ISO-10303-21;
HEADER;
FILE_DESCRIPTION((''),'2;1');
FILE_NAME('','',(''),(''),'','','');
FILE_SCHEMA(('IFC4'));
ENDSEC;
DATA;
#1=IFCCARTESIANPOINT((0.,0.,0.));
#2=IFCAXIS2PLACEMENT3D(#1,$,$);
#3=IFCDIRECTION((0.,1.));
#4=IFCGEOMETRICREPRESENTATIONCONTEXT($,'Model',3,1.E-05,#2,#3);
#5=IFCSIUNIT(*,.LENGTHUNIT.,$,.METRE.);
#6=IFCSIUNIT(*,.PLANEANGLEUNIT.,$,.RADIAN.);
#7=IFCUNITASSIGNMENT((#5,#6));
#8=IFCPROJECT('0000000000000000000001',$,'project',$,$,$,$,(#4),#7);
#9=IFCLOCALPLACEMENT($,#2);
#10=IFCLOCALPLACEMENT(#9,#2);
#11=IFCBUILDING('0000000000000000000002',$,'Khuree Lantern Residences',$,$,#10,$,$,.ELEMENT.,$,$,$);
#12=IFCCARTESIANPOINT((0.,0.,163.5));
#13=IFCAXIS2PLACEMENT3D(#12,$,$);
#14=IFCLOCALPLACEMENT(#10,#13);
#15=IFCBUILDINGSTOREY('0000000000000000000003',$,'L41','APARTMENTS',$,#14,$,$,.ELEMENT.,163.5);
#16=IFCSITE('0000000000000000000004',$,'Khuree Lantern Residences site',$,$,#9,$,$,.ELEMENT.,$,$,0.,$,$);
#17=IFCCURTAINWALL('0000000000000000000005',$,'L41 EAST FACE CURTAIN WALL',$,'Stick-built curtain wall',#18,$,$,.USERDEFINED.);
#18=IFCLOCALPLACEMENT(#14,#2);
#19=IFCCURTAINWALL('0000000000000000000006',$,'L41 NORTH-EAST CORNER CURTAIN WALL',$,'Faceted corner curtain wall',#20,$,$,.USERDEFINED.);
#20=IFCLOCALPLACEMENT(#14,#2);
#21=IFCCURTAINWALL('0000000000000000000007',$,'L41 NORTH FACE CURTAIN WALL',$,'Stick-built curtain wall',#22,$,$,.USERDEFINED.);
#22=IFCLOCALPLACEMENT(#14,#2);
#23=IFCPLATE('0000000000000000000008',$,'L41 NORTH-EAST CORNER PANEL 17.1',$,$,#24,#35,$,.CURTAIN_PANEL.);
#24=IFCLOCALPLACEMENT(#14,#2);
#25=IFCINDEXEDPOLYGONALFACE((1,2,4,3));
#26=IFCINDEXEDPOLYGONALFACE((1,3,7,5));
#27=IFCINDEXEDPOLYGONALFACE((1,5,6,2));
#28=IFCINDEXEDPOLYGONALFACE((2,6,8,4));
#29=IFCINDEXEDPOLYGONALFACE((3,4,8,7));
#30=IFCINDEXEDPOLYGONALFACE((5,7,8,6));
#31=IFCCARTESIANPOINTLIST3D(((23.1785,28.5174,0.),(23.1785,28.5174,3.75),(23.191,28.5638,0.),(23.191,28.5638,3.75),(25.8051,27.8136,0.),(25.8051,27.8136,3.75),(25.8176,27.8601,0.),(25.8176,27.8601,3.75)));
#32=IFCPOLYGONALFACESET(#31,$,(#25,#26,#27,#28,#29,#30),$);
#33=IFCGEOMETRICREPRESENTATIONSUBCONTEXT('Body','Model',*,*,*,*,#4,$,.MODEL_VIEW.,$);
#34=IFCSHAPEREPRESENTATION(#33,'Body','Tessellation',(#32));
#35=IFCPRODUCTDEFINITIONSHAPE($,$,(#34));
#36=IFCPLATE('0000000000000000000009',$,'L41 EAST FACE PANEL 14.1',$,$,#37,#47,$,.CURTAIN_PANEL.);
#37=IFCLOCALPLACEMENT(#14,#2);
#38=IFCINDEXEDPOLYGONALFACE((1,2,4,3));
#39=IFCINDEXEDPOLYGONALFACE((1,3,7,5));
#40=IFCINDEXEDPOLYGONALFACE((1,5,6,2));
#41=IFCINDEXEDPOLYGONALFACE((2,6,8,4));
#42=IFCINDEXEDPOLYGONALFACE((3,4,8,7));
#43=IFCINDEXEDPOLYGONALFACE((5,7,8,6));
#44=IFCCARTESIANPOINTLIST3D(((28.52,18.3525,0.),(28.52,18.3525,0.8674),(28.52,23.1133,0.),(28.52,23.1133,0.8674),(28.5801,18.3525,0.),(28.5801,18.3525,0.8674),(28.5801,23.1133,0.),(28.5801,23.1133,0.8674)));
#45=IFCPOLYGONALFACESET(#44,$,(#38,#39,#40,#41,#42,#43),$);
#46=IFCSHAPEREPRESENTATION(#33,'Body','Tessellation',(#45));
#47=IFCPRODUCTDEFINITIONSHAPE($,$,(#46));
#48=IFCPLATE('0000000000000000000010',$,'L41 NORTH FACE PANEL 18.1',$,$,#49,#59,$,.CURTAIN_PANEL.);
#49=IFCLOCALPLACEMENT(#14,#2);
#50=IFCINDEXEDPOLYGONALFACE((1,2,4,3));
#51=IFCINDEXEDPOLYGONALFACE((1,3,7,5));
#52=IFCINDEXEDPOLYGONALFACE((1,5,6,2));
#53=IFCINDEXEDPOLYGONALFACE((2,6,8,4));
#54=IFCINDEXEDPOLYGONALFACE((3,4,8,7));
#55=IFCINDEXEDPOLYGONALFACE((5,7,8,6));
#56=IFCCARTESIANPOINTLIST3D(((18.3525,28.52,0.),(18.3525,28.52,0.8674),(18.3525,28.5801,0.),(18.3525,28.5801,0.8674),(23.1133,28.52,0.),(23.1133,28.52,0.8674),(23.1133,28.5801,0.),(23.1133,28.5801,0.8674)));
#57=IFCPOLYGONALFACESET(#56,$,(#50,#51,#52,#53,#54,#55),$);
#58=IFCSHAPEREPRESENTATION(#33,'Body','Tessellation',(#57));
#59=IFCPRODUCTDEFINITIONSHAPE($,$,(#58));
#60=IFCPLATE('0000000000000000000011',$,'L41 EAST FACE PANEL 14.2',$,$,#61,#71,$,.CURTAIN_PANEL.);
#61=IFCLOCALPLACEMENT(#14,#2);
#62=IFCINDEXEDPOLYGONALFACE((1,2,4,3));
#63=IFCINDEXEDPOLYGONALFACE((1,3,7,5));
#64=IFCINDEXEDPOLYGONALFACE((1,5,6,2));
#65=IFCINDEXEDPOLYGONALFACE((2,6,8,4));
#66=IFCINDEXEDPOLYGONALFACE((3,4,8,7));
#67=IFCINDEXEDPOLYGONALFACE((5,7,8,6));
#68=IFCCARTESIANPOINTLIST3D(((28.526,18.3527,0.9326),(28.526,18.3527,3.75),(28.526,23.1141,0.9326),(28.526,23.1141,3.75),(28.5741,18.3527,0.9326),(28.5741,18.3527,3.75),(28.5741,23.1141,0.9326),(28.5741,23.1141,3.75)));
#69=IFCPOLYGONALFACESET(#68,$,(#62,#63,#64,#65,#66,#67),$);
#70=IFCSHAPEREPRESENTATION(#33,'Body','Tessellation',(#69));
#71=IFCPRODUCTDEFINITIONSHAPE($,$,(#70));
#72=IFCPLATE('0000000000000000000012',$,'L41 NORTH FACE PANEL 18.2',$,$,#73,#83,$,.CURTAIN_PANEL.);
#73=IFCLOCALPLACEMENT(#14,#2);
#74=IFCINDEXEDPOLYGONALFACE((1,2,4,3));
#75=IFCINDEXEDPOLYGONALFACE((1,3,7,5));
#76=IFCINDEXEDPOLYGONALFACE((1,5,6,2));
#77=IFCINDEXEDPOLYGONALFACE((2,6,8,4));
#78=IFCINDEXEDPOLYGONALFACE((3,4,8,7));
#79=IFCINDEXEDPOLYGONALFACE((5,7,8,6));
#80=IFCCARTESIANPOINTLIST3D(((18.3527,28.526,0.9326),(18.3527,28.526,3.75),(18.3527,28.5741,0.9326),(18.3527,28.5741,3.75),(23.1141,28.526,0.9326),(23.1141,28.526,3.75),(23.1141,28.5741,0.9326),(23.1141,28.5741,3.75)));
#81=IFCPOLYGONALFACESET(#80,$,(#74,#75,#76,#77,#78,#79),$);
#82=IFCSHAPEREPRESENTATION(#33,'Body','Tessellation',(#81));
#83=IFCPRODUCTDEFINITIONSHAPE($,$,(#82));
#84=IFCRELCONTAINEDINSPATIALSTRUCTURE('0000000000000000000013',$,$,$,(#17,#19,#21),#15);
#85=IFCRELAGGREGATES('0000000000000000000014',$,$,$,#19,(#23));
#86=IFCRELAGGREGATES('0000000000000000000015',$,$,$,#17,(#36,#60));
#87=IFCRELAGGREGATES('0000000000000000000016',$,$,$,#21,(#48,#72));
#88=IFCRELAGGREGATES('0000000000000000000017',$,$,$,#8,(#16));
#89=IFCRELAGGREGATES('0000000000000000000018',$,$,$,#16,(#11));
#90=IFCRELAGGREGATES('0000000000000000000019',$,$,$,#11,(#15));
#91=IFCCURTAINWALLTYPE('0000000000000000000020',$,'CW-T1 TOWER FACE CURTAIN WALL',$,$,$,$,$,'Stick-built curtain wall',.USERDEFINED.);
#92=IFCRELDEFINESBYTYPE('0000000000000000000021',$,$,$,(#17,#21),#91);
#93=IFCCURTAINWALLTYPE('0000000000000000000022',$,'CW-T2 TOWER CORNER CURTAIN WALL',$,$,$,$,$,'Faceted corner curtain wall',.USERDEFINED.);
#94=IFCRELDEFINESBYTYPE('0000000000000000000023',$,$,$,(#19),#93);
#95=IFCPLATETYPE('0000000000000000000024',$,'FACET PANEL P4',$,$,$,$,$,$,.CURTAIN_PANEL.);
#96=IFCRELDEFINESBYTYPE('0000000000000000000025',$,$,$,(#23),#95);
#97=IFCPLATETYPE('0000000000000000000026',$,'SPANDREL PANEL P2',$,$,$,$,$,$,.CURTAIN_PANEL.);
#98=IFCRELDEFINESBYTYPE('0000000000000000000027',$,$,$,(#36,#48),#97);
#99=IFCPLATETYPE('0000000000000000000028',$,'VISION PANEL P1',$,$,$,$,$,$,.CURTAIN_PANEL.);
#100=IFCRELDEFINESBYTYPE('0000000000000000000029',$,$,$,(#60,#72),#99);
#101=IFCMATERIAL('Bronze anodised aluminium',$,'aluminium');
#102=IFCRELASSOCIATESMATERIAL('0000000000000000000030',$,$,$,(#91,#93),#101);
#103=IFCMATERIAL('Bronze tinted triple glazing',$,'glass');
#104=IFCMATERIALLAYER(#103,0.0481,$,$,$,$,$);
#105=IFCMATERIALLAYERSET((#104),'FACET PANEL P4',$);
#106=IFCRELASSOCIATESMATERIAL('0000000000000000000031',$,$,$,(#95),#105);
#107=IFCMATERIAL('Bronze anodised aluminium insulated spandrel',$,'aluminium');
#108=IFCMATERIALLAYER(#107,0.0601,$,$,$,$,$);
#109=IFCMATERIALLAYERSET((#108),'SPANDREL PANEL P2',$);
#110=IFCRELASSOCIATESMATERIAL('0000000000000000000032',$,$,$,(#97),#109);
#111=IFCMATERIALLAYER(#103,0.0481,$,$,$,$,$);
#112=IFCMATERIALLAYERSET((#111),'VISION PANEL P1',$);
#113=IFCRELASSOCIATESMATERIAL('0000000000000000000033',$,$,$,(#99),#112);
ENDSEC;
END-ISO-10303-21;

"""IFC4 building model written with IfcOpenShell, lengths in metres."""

from ifc_helpers import new_model, si_unit, direction, frame, origin, origin_2d, place, context, subcontext, project, spatial, rectangle, extrude, material, layer, layer_set, type_object, element, aggregate, save


model = new_model("IFC4")

# Units and contexts
model_context = context("Model", 3, precision=1e-05, world=origin(), true_north=direction((0.0, 1.0)))
body_context = subcontext(model_context, "Body", "Model", "MODEL_VIEW")
ifc_project = project(units=[si_unit("LENGTHUNIT", "METRE"), si_unit("PLANEANGLEUNIT", "RADIAN")], contexts=[model_context])

# Site, building, storey
site_placement = place(None, origin())
site = spatial("IfcSite", under=ifc_project, at=site_placement, Name="Khuree Lantern Residences site", CompositionType="ELEMENT", RefElevation=0.0)
building_placement = place(site_placement, origin())
building = spatial("IfcBuilding", under=site, at=building_placement, Name="Khuree Lantern Residences", CompositionType="ELEMENT")
storey_placement = place(building_placement, frame((0.0, 0.0, 163.5)))
storey = spatial("IfcBuildingStorey", under=building, at=storey_placement, Name="L41", Description="APARTMENTS", CompositionType="ELEMENT", Elevation=163.5)

# Curtain walls
ifc_material_1 = material(Name="Bronze anodised aluminium", Category="aluminium")
curtain_wall_type_1 = type_object("IfcCurtainWallType", Name="CW-T1 TOWER FACE CURTAIN WALL", ElementType="Stick-built curtain wall", PredefinedType="USERDEFINED", material=ifc_material_1)
curtain_wall_1_placement = place(storey_placement, origin())
curtain_wall_1 = element("IfcCurtainWall", 1, at=curtain_wall_1_placement, inside=storey, type_object=curtain_wall_type_1, Name="L41 EAST FACE CURTAIN WALL", ObjectType="Stick-built curtain wall", PredefinedType="USERDEFINED")
curtain_wall_type_2 = type_object("IfcCurtainWallType", Name="CW-T2 TOWER CORNER CURTAIN WALL", ElementType="Faceted corner curtain wall", PredefinedType="USERDEFINED", material=ifc_material_1)
curtain_wall_2_placement = place(storey_placement, origin())
curtain_wall_2 = element("IfcCurtainWall", 2, at=curtain_wall_2_placement, inside=storey, type_object=curtain_wall_type_2, Name="L41 NORTH-EAST CORNER CURTAIN WALL", ObjectType="Faceted corner curtain wall", PredefinedType="USERDEFINED")

# Curtain wall
curtain_wall_3_placement = place(storey_placement, origin())
curtain_wall_3 = element("IfcCurtainWall", 3, at=curtain_wall_3_placement, inside=storey, type_object=curtain_wall_type_1, Name="L41 NORTH FACE CURTAIN WALL", ObjectType="Stick-built curtain wall", PredefinedType="USERDEFINED")

# Plates
ifc_material_2 = material(Name="Bronze tinted triple glazing", Category="glass")
ifc_layer_1 = layer(ifc_material_2, 0.0481)
ifc_layer_set_1 = layer_set([ifc_layer_1], Name="FACET PANEL P4")
plate_type_1 = type_object("IfcPlateType", Name="FACET PANEL P4", PredefinedType="CURTAIN_PANEL", material=ifc_layer_set_1)
plate_1_placement = place(storey_placement, frame((24.498, 28.1887, 0.0), z_axis=(0.0, 0.0, 1.0), x_axis=(-0.965926, 0.258819, 0.0)))
plate_1 = element("IfcPlate", 4, at=plate_1_placement, type_object=plate_type_1, Name="L41 NORTH-EAST CORNER PANEL 17.1", PredefinedType="CURTAIN_PANEL", context=body_context, shape_type="SweptSolid", body=[
    extrude(rectangle(XDim=2.7192, YDim=0.0481, at=origin_2d()), origin(), (0.0, 0.0, 1.0), 3.75),
])
aggregate(curtain_wall_2, [plate_1])
ifc_material_3 = material(Name="Bronze anodised aluminium insulated spandrel", Category="aluminium")
ifc_layer_2 = layer(ifc_material_3, 0.0601)
ifc_layer_set_2 = layer_set([ifc_layer_2], Name="SPANDREL PANEL P2")
plate_type_2 = type_object("IfcPlateType", Name="SPANDREL PANEL P2", PredefinedType="CURTAIN_PANEL", material=ifc_layer_set_2)
plate_2_placement = place(storey_placement, frame((28.55, 20.7329, 0.0), z_axis=(0.0, 0.0, 1.0), x_axis=(0.0, 1.0, 0.0)))
plate_2 = element("IfcPlate", 5, at=plate_2_placement, type_object=plate_type_2, Name="L41 EAST FACE PANEL 14.1", PredefinedType="CURTAIN_PANEL", context=body_context, shape_type="SweptSolid", body=[
    extrude(rectangle(XDim=4.7607, YDim=0.0601, at=origin_2d()), origin(), (0.0, 0.0, 1.0), 0.8674),
])
plate_3_placement = place(storey_placement, frame((20.7329, 28.55, 0.0), z_axis=(0.0, 0.0, 1.0), x_axis=(-1.0, 0.0, 0.0)))
plate_3 = element("IfcPlate", 6, at=plate_3_placement, type_object=plate_type_2, Name="L41 NORTH FACE PANEL 18.1", PredefinedType="CURTAIN_PANEL", context=body_context, shape_type="SweptSolid", body=[
    extrude(rectangle(XDim=4.7607, YDim=0.0601, at=origin_2d()), origin(), (0.0, 0.0, 1.0), 0.8674),
])
ifc_layer_3 = layer(ifc_material_2, 0.0481)
ifc_layer_set_3 = layer_set([ifc_layer_3], Name="VISION PANEL P1")
plate_type_3 = type_object("IfcPlateType", Name="VISION PANEL P1", PredefinedType="CURTAIN_PANEL", material=ifc_layer_set_3)
plate_4_placement = place(storey_placement, frame((28.55, 20.7334, 0.9326), z_axis=(0.0, 0.0, 1.0), x_axis=(0.0, 1.0, 0.0)))
plate_4 = element("IfcPlate", 7, at=plate_4_placement, type_object=plate_type_3, Name="L41 EAST FACE PANEL 14.2", PredefinedType="CURTAIN_PANEL", context=body_context, shape_type="SweptSolid", body=[
    extrude(rectangle(XDim=4.7615, YDim=0.0481, at=origin_2d()), origin(), (0.0, 0.0, 1.0), 2.8174),
])
aggregate(curtain_wall_1, [plate_2, plate_4])
plate_5_placement = place(storey_placement, frame((20.7334, 28.55, 0.9326), z_axis=(0.0, 0.0, 1.0), x_axis=(-1.0, 0.0, 0.0)))
plate_5 = element("IfcPlate", 8, at=plate_5_placement, type_object=plate_type_3, Name="L41 NORTH FACE PANEL 18.2", PredefinedType="CURTAIN_PANEL", context=body_context, shape_type="SweptSolid", body=[
    extrude(rectangle(XDim=4.7615, YDim=0.0481, at=origin_2d()), origin(), (0.0, 0.0, 1.0), 2.8174),
])
aggregate(curtain_wall_3, [plate_3, plate_5])

save(model, "model.ifc")
